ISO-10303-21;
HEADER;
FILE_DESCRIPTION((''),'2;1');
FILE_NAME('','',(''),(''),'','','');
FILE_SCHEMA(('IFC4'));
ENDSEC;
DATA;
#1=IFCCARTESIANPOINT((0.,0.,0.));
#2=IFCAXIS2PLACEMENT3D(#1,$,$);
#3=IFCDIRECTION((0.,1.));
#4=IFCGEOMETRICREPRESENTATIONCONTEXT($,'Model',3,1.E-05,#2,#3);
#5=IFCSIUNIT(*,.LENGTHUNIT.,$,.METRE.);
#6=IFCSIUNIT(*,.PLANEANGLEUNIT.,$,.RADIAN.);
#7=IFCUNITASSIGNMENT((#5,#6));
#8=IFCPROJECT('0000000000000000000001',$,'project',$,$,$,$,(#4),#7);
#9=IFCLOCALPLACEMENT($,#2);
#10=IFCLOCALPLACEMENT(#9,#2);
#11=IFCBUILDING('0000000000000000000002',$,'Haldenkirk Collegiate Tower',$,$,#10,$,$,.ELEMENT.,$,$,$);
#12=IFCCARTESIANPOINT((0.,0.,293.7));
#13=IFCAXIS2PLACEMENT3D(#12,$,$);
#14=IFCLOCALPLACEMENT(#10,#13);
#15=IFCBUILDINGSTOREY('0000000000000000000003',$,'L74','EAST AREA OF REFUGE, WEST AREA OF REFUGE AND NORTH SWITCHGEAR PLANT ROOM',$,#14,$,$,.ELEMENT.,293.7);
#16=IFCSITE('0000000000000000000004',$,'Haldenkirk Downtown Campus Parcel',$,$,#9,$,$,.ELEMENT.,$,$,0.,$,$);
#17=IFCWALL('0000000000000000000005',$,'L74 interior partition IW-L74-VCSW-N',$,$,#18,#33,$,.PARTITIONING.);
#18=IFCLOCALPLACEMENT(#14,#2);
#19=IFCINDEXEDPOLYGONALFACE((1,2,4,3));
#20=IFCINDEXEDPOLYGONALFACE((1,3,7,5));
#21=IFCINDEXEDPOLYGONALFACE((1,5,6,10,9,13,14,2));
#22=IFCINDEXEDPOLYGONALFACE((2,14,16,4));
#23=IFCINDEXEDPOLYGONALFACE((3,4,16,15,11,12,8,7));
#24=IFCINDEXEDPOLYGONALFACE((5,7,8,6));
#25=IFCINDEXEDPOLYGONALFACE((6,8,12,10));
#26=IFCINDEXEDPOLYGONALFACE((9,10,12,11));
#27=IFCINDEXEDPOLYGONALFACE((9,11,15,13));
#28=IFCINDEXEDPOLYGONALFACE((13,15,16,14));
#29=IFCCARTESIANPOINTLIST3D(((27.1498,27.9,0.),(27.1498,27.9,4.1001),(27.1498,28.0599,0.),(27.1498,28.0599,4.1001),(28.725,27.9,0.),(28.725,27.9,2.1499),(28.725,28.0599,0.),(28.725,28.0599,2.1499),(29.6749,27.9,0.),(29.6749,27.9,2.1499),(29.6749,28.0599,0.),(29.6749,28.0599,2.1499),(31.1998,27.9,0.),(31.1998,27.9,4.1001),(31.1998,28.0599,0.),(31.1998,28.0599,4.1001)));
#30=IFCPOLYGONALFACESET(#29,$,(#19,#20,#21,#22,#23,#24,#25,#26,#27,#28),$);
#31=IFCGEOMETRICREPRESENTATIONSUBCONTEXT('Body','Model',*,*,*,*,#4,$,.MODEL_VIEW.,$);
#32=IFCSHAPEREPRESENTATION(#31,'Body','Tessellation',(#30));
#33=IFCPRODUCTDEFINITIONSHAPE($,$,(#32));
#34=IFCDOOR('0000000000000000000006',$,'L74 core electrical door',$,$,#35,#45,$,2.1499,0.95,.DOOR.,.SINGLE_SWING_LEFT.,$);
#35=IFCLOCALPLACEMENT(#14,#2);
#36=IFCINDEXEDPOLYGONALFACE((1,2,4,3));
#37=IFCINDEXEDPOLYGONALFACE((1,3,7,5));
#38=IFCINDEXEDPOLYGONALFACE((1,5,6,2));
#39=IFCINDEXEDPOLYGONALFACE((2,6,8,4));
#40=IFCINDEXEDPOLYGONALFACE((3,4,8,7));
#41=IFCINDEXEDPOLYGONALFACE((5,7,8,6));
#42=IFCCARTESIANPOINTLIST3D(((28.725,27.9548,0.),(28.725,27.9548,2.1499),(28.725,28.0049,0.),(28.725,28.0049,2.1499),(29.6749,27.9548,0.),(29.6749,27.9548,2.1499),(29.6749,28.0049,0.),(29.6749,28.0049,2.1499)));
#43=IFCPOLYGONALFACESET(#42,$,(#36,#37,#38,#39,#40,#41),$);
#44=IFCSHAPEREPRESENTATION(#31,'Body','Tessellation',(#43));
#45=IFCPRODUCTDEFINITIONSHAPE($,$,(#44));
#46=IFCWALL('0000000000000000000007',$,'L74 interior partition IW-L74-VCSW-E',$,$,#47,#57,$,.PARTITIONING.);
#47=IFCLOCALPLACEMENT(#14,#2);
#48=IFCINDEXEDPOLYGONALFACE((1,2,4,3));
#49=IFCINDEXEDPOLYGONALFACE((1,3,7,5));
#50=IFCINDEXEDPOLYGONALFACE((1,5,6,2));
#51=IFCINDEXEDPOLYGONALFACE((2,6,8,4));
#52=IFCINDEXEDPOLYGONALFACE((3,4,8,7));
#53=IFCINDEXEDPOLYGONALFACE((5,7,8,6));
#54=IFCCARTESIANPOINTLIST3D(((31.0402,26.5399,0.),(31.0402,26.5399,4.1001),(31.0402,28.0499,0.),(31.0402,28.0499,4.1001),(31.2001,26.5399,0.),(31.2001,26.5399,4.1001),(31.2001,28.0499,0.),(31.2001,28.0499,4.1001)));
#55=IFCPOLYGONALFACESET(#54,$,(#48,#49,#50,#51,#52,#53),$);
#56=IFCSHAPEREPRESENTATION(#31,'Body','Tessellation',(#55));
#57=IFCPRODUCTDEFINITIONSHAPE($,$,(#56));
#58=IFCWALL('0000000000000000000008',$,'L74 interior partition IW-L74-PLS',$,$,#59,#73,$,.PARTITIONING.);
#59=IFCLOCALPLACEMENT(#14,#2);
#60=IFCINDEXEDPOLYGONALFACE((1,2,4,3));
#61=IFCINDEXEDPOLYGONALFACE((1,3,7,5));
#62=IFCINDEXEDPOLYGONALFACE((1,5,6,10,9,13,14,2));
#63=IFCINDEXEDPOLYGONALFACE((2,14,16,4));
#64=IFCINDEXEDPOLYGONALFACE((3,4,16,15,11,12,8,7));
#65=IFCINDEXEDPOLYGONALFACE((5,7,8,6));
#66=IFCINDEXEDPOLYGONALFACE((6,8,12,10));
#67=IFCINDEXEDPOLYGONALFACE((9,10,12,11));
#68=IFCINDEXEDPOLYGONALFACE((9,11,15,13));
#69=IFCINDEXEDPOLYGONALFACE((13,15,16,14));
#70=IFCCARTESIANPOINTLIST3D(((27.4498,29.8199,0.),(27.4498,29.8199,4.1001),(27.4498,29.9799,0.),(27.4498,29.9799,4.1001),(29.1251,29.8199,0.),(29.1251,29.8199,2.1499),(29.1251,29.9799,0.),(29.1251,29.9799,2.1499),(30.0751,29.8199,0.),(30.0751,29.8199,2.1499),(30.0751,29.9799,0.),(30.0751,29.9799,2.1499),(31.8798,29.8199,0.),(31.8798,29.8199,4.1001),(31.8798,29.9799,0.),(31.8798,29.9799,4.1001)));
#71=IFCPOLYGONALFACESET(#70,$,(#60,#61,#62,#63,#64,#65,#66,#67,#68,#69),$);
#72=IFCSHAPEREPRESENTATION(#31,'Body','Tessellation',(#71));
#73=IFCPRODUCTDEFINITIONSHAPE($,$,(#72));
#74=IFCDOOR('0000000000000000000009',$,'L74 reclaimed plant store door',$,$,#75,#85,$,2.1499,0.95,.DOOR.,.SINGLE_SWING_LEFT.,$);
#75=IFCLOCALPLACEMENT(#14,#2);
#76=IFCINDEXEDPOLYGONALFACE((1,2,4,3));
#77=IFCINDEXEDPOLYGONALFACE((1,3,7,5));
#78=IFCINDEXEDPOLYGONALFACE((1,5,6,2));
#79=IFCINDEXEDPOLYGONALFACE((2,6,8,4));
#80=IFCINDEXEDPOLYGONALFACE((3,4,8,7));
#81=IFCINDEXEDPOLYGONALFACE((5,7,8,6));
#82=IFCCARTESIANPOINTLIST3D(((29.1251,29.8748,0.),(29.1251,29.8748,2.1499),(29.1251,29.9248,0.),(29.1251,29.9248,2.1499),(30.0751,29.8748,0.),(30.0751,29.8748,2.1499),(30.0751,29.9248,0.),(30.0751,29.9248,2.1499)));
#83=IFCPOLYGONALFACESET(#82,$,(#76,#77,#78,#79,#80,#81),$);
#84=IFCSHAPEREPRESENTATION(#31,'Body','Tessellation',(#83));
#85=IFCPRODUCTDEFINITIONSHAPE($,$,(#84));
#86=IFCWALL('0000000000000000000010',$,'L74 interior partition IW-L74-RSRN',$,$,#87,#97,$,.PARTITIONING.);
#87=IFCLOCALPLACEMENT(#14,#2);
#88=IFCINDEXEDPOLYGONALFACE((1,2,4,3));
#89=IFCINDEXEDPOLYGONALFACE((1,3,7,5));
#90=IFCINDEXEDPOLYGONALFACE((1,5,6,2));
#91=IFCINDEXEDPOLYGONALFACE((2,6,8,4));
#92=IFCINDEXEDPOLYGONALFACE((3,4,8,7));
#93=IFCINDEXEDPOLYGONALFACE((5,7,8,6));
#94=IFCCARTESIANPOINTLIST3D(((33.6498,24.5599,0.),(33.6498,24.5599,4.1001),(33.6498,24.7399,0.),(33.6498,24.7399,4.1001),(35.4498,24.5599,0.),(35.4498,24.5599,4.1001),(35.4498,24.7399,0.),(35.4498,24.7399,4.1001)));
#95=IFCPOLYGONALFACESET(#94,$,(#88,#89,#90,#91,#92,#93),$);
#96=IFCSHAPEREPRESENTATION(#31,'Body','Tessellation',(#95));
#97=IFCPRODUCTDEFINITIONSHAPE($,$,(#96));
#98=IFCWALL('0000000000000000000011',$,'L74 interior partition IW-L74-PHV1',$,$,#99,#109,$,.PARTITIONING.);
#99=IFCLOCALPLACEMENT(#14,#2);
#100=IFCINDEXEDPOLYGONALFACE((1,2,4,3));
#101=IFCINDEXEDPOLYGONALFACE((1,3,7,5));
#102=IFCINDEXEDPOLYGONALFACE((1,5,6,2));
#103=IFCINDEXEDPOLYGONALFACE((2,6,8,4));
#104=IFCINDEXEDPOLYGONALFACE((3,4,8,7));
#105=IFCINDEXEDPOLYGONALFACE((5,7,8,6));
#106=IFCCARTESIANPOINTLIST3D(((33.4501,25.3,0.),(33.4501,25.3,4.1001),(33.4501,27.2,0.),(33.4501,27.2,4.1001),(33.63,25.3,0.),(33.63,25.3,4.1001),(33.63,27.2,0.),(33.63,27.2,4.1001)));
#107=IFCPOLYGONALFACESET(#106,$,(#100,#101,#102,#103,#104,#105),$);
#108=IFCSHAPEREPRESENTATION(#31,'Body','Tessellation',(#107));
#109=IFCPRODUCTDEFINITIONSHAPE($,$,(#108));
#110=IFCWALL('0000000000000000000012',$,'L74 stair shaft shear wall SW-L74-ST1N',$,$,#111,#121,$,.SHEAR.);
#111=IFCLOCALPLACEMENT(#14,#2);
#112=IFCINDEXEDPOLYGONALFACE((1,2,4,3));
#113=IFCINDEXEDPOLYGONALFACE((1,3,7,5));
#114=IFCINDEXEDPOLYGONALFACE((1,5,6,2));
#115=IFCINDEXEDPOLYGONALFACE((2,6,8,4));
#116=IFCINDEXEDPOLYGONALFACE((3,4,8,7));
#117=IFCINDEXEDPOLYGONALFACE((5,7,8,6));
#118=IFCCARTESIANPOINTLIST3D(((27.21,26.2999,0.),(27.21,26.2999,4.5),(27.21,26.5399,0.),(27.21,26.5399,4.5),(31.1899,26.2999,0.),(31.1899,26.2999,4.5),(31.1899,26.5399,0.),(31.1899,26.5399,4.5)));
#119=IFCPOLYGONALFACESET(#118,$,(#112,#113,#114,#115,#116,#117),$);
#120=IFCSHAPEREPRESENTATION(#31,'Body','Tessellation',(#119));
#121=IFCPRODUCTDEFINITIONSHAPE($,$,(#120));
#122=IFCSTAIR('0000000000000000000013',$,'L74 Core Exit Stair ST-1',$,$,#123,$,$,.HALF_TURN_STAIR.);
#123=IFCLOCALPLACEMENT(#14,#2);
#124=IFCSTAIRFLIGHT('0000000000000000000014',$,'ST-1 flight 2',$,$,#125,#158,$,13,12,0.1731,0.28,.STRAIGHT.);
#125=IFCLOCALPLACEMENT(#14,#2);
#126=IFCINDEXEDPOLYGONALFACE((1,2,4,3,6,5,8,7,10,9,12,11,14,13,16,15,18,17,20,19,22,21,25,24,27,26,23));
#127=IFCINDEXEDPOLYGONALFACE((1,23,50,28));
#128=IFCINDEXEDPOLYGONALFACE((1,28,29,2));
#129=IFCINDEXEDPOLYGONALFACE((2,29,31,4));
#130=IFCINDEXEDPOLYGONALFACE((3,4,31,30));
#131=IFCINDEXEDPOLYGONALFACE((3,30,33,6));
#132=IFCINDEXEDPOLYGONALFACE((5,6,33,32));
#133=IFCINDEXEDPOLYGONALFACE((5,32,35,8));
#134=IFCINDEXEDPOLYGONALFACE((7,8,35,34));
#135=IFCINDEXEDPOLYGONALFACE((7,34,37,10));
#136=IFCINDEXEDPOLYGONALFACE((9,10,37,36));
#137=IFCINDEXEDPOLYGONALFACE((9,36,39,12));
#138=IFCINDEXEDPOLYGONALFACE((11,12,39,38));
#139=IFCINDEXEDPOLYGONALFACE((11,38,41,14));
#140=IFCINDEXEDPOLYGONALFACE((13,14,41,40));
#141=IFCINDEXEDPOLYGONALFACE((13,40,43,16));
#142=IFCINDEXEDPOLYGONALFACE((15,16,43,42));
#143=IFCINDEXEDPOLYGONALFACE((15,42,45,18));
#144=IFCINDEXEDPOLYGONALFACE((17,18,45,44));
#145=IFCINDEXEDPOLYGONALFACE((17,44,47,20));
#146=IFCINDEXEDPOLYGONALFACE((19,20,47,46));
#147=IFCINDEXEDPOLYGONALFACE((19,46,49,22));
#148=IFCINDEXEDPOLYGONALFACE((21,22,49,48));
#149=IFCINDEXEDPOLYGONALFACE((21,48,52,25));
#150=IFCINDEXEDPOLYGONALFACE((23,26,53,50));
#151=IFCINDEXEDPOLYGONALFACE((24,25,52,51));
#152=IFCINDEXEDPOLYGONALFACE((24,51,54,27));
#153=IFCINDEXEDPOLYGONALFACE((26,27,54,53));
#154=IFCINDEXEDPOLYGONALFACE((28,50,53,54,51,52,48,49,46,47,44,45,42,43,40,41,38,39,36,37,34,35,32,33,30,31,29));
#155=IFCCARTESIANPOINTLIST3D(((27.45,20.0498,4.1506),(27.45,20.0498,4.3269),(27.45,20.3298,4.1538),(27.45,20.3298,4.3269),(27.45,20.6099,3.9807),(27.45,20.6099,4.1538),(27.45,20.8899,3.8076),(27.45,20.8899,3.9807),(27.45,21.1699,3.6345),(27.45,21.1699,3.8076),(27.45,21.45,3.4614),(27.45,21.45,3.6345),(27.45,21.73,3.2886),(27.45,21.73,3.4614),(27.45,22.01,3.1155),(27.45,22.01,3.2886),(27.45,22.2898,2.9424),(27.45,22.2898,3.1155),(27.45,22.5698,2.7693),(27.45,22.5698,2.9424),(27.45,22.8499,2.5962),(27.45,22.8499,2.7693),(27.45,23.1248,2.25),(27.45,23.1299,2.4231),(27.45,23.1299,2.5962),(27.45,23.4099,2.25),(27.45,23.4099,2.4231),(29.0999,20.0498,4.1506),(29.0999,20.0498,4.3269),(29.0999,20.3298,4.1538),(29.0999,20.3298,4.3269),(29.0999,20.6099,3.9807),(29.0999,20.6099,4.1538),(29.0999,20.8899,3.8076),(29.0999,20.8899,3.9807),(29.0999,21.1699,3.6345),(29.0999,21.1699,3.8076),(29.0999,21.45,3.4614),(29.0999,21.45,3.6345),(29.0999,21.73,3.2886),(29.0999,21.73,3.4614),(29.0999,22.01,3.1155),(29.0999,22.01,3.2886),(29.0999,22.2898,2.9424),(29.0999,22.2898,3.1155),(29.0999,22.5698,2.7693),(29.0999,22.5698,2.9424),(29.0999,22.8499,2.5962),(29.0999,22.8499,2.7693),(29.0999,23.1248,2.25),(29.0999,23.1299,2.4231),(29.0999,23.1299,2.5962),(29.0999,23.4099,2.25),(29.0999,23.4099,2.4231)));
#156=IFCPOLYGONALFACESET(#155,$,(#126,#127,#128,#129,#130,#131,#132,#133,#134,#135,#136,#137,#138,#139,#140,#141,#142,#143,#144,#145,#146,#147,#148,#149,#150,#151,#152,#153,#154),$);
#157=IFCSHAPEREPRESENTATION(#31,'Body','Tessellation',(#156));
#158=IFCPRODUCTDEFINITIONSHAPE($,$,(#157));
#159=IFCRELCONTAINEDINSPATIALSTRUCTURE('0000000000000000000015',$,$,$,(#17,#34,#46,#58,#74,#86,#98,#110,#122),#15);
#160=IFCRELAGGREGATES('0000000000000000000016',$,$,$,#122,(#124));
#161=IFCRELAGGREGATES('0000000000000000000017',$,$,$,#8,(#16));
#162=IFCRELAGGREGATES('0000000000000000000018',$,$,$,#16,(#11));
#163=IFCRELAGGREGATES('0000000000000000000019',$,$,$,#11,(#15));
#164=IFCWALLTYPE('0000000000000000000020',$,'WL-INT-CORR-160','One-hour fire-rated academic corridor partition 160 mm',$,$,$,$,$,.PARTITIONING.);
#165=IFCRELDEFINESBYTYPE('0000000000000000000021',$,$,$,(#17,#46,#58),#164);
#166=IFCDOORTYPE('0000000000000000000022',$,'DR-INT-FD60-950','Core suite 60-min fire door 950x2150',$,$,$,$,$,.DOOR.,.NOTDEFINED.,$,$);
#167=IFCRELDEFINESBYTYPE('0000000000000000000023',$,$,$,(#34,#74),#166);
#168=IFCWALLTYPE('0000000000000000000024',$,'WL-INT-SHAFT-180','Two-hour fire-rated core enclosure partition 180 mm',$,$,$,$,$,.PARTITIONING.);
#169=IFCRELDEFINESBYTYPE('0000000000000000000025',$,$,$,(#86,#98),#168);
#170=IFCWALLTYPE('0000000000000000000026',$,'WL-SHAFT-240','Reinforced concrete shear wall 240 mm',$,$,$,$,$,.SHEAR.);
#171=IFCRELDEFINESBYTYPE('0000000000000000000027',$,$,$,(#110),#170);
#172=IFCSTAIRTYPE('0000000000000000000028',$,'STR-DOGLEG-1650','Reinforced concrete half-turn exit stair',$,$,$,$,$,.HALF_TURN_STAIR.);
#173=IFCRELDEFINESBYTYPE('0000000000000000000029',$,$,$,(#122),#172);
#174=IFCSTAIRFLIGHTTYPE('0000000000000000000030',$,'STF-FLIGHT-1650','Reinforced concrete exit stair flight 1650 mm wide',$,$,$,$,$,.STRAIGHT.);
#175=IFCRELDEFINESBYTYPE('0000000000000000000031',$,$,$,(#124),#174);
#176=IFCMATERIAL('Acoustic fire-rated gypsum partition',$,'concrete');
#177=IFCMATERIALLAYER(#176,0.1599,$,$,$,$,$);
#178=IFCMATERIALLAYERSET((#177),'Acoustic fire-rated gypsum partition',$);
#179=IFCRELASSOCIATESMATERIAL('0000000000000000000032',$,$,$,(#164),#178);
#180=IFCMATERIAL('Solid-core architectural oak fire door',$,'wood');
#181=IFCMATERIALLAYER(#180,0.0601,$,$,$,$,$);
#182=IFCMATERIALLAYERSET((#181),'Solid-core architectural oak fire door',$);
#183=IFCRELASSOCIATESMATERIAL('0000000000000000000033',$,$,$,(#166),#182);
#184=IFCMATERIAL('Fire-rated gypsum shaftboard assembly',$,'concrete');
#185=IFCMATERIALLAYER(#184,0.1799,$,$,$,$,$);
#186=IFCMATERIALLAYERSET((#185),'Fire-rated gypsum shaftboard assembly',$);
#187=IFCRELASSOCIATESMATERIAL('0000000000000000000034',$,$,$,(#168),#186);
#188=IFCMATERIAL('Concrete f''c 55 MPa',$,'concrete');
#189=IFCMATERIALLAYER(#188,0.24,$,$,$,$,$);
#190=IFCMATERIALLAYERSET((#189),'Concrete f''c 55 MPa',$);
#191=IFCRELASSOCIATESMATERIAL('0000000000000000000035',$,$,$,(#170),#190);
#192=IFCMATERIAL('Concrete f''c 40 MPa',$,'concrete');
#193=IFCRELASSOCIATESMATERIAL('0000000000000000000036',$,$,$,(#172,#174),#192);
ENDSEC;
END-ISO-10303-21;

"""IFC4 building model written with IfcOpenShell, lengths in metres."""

from ifc_helpers import new_model, si_unit, direction, frame, frame_2d, origin, place, context, subcontext, project, spatial, polyline, rectangle, outline, extrude, material, layer, layer_set, type_object, element, fill, aggregate, save


model = new_model("IFC4")

# Units and contexts
model_context = context("Model", 3, precision=1e-05, world=origin(), true_north=direction((0.0, 1.0)))
body_context = subcontext(model_context, "Body", "Model", "MODEL_VIEW")
ifc_project = project(units=[si_unit("LENGTHUNIT", "METRE"), si_unit("PLANEANGLEUNIT", "RADIAN")], contexts=[model_context])

# Site, building, storey
site_placement = place(None, origin())
site = spatial("IfcSite", under=ifc_project, at=site_placement, Name="Haldenkirk Downtown Campus Parcel", CompositionType="ELEMENT", RefElevation=0.0)
building_placement = place(site_placement, origin())
building = spatial("IfcBuilding", under=site, at=building_placement, Name="Haldenkirk Collegiate Tower", CompositionType="ELEMENT")
storey_placement = place(building_placement, frame((0.0, 0.0, 293.7)))
storey = spatial("IfcBuildingStorey", under=building, at=storey_placement, Name="L74", Description="EAST AREA OF REFUGE, WEST AREA OF REFUGE AND NORTH SWITCHGEAR PLANT ROOM", CompositionType="ELEMENT", Elevation=293.7)

# Shared definitions
ifc_material_1 = material(Name="Concrete f'c 55 MPa", Category="concrete")

# Wall, opening, door
ifc_material_2 = material(Name="Acoustic fire-rated gypsum partition", Category="concrete")
ifc_layer_1 = layer(ifc_material_2, 0.1599)
ifc_layer_set_1 = layer_set([ifc_layer_1], Name="Acoustic fire-rated gypsum partition")
wall_type_1 = type_object("IfcWallType", Name="WL-INT-CORR-160", Description="One-hour fire-rated academic corridor partition 160 mm", PredefinedType="PARTITIONING", material=ifc_layer_set_1)
wall_1_placement = place(storey_placement, frame((27.1499, 27.98, 0.0), z_axis=(0.0, 0.0, 1.0), x_axis=(1.0, 0.0, 0.0)))
wall_1 = element("IfcWall", 1, at=wall_1_placement, inside=storey, type_object=wall_type_1, Name="L74 interior partition IW-L74-VCSW-N", PredefinedType="PARTITIONING", context=body_context, shape_type="SweptSolid", body=[
    extrude(rectangle(XDim=4.05, YDim=0.1599, at=frame_2d((2.0249, 0.0))), origin(), (0.0, 0.0, 1.0), 4.1001),
])
opening_1_placement = place(wall_1_placement, frame((1.575, 0.0, 0.0)))
opening_1 = element("IfcOpeningElement", 2, at=opening_1_placement, cuts=wall_1, PredefinedType="OPENING", context=body_context, shape_type="SweptSolid", body=[
    extrude(rectangle(XDim=0.95, YDim=2.1499, at=frame_2d((0.4751, 1.075))), frame((0.0, 0.0898, 0.0), z_axis=(0.0, -1.0, 0.0), x_axis=(1.0, 0.0, 0.0)), (0.0, 0.0, 1.0), 0.1799),
])
ifc_material_3 = material(Name="Solid-core architectural oak fire door", Category="wood")
ifc_layer_2 = layer(ifc_material_3, 0.0601)
ifc_layer_set_2 = layer_set([ifc_layer_2], Name="Solid-core architectural oak fire door")
door_type_1 = type_object("IfcDoorType", Name="DR-INT-FD60-950", Description="Core suite 60-min fire door 950x2150", OperationType="NOTDEFINED", PredefinedType="DOOR", material=ifc_layer_set_2)
door_1_placement = place(opening_1_placement, origin())
door_1 = element("IfcDoor", 3, at=door_1_placement, inside=storey, type_object=door_type_1, Name="L74 core electrical door", OperationType="SINGLE_SWING_LEFT", OverallHeight=2.1499, OverallWidth=0.95, PredefinedType="DOOR", context=body_context, shape_type="SweptSolid", body=[
    extrude(rectangle(XDim=0.95, YDim=2.1499, at=frame_2d((0.4751, 1.075))), frame((0.0, 0.0249, 0.0), z_axis=(0.0, -1.0, 0.0), x_axis=(1.0, 0.0, 0.0)), (0.0, 0.0, 1.0), 0.05),
])
fill(opening_1, door_1)

# Wall
wall_2_placement = place(storey_placement, frame((31.1201, 26.54, 0.0), z_axis=(0.0, 0.0, 1.0), x_axis=(0.0, 1.0, 0.0)))
element("IfcWall", 4, at=wall_2_placement, inside=storey, type_object=wall_type_1, Name="L74 interior partition IW-L74-VCSW-E", PredefinedType="PARTITIONING", context=body_context, shape_type="SweptSolid", body=[
    extrude(rectangle(XDim=1.51, YDim=0.1599, at=frame_2d((0.7549, 0.0))), origin(), (0.0, 0.0, 1.0), 4.1001),
])

# Wall, opening, door
wall_3_placement = place(storey_placement, frame((27.45, 29.8999, 0.0), z_axis=(0.0, 0.0, 1.0), x_axis=(1.0, 0.0, 0.0)))
wall_3 = element("IfcWall", 5, at=wall_3_placement, inside=storey, type_object=wall_type_1, Name="L74 interior partition IW-L74-PLS", PredefinedType="PARTITIONING", context=body_context, shape_type="SweptSolid", body=[
    extrude(rectangle(XDim=4.4299, YDim=0.1599, at=frame_2d((2.2148, 0.0))), origin(), (0.0, 0.0, 1.0), 4.1001),
])
opening_2_placement = place(wall_3_placement, frame((1.675, 0.0, 0.0)))
opening_2 = element("IfcOpeningElement", 6, at=opening_2_placement, cuts=wall_3, PredefinedType="OPENING", context=body_context, shape_type="SweptSolid", body=[
    extrude(rectangle(XDim=0.95, YDim=2.1499, at=frame_2d((0.4751, 1.075))), frame((0.0, 0.0898, 0.0), z_axis=(0.0, -1.0, 0.0), x_axis=(1.0, 0.0, 0.0)), (0.0, 0.0, 1.0), 0.1799),
])
door_2_placement = place(opening_2_placement, origin())
door_2 = element("IfcDoor", 7, at=door_2_placement, inside=storey, type_object=door_type_1, Name="L74 reclaimed plant store door", OperationType="SINGLE_SWING_LEFT", OverallHeight=2.1499, OverallWidth=0.95, PredefinedType="DOOR", context=body_context, shape_type="SweptSolid", body=[
    extrude(rectangle(XDim=0.95, YDim=2.1499, at=frame_2d((0.4751, 1.075))), frame((0.0, 0.0249, 0.0), z_axis=(0.0, -1.0, 0.0), x_axis=(1.0, 0.0, 0.0)), (0.0, 0.0, 1.0), 0.05),
])
fill(opening_2, door_2)

# Wall
ifc_material_4 = material(Name="Fire-rated gypsum shaftboard assembly", Category="concrete")
ifc_layer_3 = layer(ifc_material_4, 0.1799)
ifc_layer_set_3 = layer_set([ifc_layer_3], Name="Fire-rated gypsum shaftboard assembly")
wall_type_2 = type_object("IfcWallType", Name="WL-INT-SHAFT-180", Description="Two-hour fire-rated core enclosure partition 180 mm", PredefinedType="PARTITIONING", material=ifc_layer_set_3)
wall_4_placement = place(storey_placement, frame((33.6499, 24.6499, 0.0), z_axis=(0.0, 0.0, 1.0), x_axis=(1.0, 0.0, 0.0)))
element("IfcWall", 8, at=wall_4_placement, inside=storey, type_object=wall_type_2, Name="L74 interior partition IW-L74-RSRN", PredefinedType="PARTITIONING", context=body_context, shape_type="SweptSolid", body=[
    extrude(rectangle(XDim=1.8, YDim=0.1799, at=frame_2d((0.8999, 0.0))), origin(), (0.0, 0.0, 1.0), 4.1001),
])

# Walls
wall_5_placement = place(storey_placement, frame((33.54, 25.3, 0.0), z_axis=(0.0, 0.0, 1.0), x_axis=(0.0, 1.0, 0.0)))
element("IfcWall", 9, at=wall_5_placement, inside=storey, type_object=wall_type_2, Name="L74 interior partition IW-L74-PHV1", PredefinedType="PARTITIONING", context=body_context, shape_type="SweptSolid", body=[
    extrude(rectangle(XDim=1.8999, YDim=0.1799, at=frame_2d((0.95, 0.0))), origin(), (0.0, 0.0, 1.0), 4.1001),
])
ifc_layer_4 = layer(ifc_material_1, 0.24)
ifc_layer_set_4 = layer_set([ifc_layer_4], Name="Concrete f'c 55 MPa")
wall_type_3 = type_object("IfcWallType", Name="WL-SHAFT-240", Description="Reinforced concrete shear wall 240 mm", PredefinedType="SHEAR", material=ifc_layer_set_4)
wall_6_placement = place(storey_placement, frame((27.21, 26.4199, 0.0), z_axis=(0.0, 0.0, 1.0), x_axis=(1.0, 0.0, 0.0)))
element("IfcWall", 10, at=wall_6_placement, inside=storey, type_object=wall_type_3, Name="L74 stair shaft shear wall SW-L74-ST1N", PredefinedType="SHEAR", context=body_context, shape_type="SweptSolid", body=[
    extrude(rectangle(XDim=3.98, YDim=0.24, at=frame_2d((1.99, 0.0))), origin(), (0.0, 0.0, 1.0), 4.5),
])

# Stair, stair flight
ifc_material_5 = material(Name="Concrete f'c 40 MPa", Category="concrete")
stair_type = type_object("IfcStairType", Name="STR-DOGLEG-1650", Description="Reinforced concrete half-turn exit stair", PredefinedType="HALF_TURN_STAIR", material=ifc_material_5)
stair_placement = place(storey_placement, origin())
stair = element("IfcStair", 11, at=stair_placement, inside=storey, type_object=stair_type, Name="L74 Core Exit Stair ST-1", PredefinedType="HALF_TURN_STAIR")
stair_flight_type = type_object("IfcStairFlightType", Name="STF-FLIGHT-1650", Description="Reinforced concrete exit stair flight 1650 mm wide", PredefinedType="STRAIGHT", material=ifc_material_5)
stair_flight_placement = place(storey_placement, frame((28.2749, 23.4099, 2.25), z_axis=(0.0, 0.0, 1.0), x_axis=(0.0, -1.0, 0.0)))
stair_flight = element("IfcStairFlight", 12, at=stair_flight_placement, type_object=stair_flight_type, Name="ST-1 flight 2", NumberOfRisers=13, NumberOfTreads=12, PredefinedType="STRAIGHT", RiserHeight=0.1731, TreadLength=0.28, context=body_context, shape_type="SweptSolid", body=[
    extrude(outline(polyline([(0.0, 0.0), (0.0, 0.1731), (0.28, 0.1731), (0.28, 0.3462), (0.5601, 0.3462), (0.5601, 0.5193), (0.8401, 0.5193), (0.8401, 0.6924), (1.1201, 0.6924), (1.1201, 0.8655), (1.3999, 0.8655), (1.3999, 1.0386), (1.6799, 1.0386), (1.6799, 1.2114), (1.96, 1.2114), (1.96, 1.3845), (2.24, 1.3845), (2.24, 1.5576), (2.52, 1.5576), (2.52, 1.7307), (2.8, 1.7307), (2.8, 1.9038), (3.0801, 1.9038), (3.0801, 2.0769), (3.3601, 2.0769), (3.3601, 2.25), (3.3601, 1.9006), (0.2852, 0.0), (0.0, 0.0)])), frame((0.0, 0.825, 0.0), z_axis=(0.0, -1.0, 0.0), x_axis=(1.0, 0.0, 0.0)), (0.0, 0.0, 1.0), 1.6499),
])
aggregate(stair, [stair_flight])

save(model, "model.ifc")
